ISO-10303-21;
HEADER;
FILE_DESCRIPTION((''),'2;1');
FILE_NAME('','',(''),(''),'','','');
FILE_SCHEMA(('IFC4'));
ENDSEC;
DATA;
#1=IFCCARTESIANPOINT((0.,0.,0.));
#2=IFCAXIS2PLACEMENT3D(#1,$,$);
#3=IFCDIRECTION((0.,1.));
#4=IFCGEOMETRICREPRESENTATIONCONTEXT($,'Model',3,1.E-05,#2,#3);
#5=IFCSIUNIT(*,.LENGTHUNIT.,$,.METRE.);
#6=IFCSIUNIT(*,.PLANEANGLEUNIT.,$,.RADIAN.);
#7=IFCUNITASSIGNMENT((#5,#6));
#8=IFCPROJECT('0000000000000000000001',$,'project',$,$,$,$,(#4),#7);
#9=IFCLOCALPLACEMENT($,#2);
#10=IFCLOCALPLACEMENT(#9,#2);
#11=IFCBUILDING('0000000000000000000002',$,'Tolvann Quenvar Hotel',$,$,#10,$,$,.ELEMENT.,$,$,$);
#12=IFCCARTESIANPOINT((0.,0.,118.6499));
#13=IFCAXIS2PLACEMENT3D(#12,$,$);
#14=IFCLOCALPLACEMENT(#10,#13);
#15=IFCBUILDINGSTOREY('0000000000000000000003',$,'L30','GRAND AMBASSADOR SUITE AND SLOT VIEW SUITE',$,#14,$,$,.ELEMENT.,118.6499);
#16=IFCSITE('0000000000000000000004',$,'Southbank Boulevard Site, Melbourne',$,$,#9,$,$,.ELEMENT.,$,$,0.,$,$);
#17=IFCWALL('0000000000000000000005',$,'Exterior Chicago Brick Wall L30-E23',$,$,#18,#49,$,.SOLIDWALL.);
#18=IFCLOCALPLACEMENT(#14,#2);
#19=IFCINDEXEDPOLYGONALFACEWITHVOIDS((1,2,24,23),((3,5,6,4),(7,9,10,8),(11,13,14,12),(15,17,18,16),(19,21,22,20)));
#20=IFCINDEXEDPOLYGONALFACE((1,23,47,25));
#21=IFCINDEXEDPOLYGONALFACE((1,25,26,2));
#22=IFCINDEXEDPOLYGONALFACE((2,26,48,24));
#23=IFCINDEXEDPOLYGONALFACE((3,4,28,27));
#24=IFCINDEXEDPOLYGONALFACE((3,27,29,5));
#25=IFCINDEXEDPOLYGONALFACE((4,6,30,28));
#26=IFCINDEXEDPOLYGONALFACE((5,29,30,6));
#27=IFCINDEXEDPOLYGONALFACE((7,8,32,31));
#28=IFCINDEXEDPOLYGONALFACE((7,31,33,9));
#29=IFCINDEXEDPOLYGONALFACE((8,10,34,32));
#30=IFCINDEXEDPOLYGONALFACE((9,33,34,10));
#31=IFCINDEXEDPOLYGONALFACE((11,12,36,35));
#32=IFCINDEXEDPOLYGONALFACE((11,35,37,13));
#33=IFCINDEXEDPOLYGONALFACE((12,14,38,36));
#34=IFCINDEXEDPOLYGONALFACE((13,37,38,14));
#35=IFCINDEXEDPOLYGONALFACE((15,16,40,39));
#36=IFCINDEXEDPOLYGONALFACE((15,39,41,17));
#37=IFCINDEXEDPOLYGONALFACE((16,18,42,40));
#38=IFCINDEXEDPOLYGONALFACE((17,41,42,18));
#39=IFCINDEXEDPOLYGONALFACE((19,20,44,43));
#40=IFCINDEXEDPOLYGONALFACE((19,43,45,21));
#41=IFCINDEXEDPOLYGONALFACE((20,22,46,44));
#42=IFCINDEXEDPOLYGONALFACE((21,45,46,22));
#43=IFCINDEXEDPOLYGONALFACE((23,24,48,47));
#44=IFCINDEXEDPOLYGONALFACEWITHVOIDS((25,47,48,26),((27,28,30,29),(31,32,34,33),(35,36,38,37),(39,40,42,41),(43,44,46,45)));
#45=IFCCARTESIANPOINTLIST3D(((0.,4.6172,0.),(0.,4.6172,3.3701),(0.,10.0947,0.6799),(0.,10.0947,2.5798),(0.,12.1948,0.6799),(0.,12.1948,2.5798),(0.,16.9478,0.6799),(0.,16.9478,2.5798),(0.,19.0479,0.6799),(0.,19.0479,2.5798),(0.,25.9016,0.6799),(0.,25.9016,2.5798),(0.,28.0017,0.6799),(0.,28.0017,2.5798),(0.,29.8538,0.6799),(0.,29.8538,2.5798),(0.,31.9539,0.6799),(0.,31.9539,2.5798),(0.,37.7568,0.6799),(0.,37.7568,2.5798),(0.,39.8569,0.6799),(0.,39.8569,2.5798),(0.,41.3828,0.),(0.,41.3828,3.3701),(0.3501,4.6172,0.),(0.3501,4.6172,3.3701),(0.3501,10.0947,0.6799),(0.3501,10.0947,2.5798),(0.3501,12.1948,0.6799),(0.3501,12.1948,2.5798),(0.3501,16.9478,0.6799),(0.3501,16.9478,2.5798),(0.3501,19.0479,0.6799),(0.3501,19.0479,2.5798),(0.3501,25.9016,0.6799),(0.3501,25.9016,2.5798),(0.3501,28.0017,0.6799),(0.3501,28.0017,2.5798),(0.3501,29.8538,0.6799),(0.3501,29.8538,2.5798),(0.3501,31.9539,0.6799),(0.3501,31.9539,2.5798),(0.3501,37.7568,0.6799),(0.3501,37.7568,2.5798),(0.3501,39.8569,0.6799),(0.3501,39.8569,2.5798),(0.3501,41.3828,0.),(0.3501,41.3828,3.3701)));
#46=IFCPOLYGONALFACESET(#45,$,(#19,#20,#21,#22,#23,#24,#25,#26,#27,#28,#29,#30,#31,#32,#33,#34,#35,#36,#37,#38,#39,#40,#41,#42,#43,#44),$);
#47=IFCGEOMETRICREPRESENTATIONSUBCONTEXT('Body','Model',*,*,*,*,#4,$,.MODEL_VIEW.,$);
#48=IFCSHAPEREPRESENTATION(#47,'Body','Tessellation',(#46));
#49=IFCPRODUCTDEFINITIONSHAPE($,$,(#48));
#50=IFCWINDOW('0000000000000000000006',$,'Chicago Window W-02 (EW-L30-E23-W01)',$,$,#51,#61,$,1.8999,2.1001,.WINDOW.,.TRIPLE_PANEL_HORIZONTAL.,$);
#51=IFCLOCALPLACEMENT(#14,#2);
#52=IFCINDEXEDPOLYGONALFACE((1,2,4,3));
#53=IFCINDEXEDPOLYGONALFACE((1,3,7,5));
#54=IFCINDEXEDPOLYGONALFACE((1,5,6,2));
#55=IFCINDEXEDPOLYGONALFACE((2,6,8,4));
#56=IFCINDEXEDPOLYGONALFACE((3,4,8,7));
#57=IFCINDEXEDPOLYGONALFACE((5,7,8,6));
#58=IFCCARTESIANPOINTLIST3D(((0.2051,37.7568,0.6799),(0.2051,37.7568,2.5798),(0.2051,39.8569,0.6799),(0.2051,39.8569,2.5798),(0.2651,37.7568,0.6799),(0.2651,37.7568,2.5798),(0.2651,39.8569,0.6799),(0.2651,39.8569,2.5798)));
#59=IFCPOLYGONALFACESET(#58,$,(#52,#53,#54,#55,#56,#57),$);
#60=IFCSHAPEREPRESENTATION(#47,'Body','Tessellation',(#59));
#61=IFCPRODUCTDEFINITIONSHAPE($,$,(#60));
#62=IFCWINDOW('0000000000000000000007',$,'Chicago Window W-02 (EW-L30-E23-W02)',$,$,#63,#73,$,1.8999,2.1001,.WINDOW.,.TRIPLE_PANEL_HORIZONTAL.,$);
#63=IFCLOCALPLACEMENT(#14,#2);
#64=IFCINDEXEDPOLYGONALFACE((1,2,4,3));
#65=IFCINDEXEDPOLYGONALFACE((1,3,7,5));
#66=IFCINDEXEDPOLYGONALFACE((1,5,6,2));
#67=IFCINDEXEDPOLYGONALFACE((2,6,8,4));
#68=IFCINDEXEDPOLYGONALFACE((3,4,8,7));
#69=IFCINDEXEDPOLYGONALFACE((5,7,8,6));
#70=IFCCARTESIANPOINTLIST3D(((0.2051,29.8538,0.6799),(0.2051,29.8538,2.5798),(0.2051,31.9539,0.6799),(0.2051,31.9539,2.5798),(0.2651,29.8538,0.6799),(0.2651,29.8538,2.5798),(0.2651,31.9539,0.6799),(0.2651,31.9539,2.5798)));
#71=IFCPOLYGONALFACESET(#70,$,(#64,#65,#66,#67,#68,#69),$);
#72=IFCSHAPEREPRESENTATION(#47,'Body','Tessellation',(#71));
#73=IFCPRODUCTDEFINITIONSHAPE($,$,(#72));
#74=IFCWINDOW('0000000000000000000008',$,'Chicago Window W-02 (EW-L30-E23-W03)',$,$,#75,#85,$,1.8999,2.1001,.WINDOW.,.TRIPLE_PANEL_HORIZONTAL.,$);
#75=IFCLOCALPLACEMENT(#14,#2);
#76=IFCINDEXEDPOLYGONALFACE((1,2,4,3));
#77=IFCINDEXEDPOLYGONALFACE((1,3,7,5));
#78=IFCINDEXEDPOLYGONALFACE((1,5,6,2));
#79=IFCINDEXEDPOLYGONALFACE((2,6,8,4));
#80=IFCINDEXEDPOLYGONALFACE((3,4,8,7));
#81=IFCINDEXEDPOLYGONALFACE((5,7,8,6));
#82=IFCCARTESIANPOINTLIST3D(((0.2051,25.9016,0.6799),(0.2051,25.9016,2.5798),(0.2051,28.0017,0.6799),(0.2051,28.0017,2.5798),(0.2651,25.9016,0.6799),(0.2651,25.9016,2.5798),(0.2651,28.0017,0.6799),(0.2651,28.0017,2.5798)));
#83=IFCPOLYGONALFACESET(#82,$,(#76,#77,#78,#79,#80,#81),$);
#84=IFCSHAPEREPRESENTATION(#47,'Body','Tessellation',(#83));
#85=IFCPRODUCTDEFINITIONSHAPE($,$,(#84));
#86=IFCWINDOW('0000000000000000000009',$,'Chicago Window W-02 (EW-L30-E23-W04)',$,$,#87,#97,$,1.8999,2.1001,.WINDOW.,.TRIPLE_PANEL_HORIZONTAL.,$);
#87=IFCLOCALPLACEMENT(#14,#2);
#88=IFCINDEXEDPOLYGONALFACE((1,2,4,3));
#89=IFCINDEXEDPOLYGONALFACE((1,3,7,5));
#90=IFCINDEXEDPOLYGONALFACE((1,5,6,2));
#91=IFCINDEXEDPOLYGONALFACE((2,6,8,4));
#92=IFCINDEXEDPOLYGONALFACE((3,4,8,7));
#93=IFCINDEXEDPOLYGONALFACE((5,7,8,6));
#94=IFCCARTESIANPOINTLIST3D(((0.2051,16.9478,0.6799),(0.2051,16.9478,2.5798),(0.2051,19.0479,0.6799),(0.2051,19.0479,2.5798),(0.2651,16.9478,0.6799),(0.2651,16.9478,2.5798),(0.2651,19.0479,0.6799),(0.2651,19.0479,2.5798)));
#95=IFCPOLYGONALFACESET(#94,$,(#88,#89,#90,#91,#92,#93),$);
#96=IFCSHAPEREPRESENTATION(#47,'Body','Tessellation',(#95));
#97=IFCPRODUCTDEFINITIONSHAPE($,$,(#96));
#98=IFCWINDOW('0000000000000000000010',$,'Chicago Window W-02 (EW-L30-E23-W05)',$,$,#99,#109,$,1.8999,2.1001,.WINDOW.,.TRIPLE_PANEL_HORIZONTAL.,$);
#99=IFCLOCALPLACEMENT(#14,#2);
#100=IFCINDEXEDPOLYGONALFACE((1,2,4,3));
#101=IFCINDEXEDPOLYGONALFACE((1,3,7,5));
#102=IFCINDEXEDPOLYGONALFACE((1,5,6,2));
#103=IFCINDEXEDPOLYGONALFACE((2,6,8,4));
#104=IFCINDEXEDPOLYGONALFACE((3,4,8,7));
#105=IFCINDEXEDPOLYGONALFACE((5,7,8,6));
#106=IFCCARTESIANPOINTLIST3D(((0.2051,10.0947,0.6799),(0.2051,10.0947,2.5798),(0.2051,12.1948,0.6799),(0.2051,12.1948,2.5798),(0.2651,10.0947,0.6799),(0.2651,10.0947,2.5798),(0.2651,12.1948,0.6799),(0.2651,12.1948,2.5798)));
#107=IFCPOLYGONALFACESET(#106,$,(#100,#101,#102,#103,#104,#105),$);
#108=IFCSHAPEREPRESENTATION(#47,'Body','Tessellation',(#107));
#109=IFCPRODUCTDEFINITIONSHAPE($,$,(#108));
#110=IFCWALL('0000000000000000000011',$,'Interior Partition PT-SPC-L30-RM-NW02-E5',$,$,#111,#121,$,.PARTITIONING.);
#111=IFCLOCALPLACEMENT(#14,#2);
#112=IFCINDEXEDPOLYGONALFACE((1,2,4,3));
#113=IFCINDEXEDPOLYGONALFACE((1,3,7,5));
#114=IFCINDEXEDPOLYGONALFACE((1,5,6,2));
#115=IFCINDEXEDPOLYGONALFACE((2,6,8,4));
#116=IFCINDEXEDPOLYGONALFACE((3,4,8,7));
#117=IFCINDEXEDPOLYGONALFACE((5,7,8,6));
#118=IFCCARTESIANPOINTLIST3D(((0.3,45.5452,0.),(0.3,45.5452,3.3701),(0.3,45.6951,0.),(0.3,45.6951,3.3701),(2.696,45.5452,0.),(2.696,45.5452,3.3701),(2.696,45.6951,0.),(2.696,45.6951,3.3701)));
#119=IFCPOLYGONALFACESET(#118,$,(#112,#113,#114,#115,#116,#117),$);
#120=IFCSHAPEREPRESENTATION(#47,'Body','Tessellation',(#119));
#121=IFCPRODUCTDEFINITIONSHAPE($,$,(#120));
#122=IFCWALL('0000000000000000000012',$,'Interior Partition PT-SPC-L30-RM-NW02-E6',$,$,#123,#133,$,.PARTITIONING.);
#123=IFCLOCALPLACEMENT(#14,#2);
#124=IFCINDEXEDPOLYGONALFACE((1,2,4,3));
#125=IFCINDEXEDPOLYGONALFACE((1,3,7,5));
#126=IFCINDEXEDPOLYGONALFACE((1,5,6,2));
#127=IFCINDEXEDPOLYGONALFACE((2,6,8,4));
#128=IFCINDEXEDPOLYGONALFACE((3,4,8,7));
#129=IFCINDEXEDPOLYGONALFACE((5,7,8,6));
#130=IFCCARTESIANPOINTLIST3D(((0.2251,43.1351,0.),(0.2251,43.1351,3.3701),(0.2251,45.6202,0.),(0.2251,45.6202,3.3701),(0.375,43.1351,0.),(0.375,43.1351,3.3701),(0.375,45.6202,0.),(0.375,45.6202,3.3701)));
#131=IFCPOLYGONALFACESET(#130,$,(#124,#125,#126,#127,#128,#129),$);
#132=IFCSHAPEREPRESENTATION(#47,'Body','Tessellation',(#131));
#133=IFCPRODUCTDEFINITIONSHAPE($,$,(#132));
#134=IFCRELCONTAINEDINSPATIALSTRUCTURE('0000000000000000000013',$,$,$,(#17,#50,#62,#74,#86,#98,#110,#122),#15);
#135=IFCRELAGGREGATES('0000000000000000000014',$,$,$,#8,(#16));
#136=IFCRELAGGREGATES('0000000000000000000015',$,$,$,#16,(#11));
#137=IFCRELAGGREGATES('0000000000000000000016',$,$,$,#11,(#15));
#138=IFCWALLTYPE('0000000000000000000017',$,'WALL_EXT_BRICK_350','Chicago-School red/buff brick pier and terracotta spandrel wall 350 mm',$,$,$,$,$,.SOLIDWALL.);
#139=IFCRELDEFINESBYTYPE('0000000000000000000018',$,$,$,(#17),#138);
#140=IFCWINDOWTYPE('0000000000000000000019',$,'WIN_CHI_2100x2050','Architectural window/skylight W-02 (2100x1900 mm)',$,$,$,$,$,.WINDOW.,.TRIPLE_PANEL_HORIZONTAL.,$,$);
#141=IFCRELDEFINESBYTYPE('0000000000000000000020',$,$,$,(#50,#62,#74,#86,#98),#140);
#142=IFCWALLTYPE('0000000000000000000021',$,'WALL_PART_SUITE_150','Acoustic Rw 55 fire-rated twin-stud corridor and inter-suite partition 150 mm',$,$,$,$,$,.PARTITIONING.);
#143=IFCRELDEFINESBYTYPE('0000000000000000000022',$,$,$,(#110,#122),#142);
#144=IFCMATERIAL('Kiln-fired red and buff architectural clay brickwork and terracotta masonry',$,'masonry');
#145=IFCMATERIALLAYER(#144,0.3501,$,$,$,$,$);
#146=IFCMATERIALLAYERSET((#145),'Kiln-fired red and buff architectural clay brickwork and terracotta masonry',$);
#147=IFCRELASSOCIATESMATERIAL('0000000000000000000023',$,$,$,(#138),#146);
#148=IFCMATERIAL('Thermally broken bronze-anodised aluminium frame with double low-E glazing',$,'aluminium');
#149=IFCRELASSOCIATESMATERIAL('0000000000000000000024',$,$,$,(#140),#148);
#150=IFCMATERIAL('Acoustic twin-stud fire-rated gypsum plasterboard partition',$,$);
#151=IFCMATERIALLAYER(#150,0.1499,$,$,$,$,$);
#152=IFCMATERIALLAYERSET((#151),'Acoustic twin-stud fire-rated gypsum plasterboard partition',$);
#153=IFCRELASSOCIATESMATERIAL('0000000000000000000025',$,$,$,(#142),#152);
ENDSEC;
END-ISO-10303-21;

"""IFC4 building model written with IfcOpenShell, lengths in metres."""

from ifc_helpers import new_model, si_unit, direction, frame, frame_2d, origin, place, context, subcontext, project, spatial, rectangle, extrude, source, transform, mapped, material, layer, layer_set, type_object, type_shapes, element, fill, save


model = new_model("IFC4")

# Units and contexts
model_context = context("Model", 3, precision=1e-05, world=origin(), true_north=direction((0.0, 1.0)))
body_context = subcontext(model_context, "Body", "Model", "MODEL_VIEW")
ifc_project = project(units=[si_unit("LENGTHUNIT", "METRE"), si_unit("PLANEANGLEUNIT", "RADIAN")], contexts=[model_context])

# Site, building, storey
site_placement = place(None, origin())
site = spatial("IfcSite", under=ifc_project, at=site_placement, Name="Southbank Boulevard Site, Melbourne", CompositionType="ELEMENT", RefElevation=0.0)
building_placement = place(site_placement, origin())
building = spatial("IfcBuilding", under=site, at=building_placement, Name="Tolvann Quenvar Hotel", CompositionType="ELEMENT")
storey_placement = place(building_placement, frame((0.0, 0.0, 118.6499)))
storey = spatial("IfcBuildingStorey", under=building, at=storey_placement, Name="L30", Description="GRAND AMBASSADOR SUITE AND SLOT VIEW SUITE", CompositionType="ELEMENT", Elevation=118.6499)

# Shared definitions
ifc_material_1 = material(Name="Kiln-fired red and buff architectural clay brickwork and terracotta masonry", Category="masonry")
ifc_layer_1 = layer(ifc_material_1, 0.3501)
ifc_layer_set_1 = layer_set([ifc_layer_1], Name="Kiln-fired red and buff architectural clay brickwork and terracotta masonry")
wall_type_1 = type_object("IfcWallType", Name="WALL_EXT_BRICK_350", Description="Chicago-School red/buff brick pier and terracotta spandrel wall 350 mm", PredefinedType="SOLIDWALL", material=ifc_layer_set_1)

# Wall, openings, windows
wall_1_placement = place(storey_placement, frame((0.175, 41.3828, 0.0), z_axis=(0.0, 0.0, 1.0), x_axis=(0.0, -1.0, 0.0)))
wall_1 = element("IfcWall", 1, at=wall_1_placement, inside=storey, type_object=wall_type_1, Name="Exterior Chicago Brick Wall L30-E23", PredefinedType="SOLIDWALL", context=body_context, shape_type="SweptSolid", body=[
    extrude(rectangle(XDim=36.7656, YDim=0.3501, at=frame_2d((18.3828, 0.0))), origin(), (0.0, 0.0, 1.0), 3.3701),
])
opening_1_placement = place(wall_1_placement, frame((1.5259, 0.0, 0.6799)))
opening_1 = element("IfcOpeningElement", 2, at=opening_1_placement, cuts=wall_1, PredefinedType="OPENING", context=body_context, shape_type="SweptSolid", body=[
    extrude(rectangle(XDim=2.1001, YDim=1.8999, at=frame_2d((1.05, 0.95))), frame((0.0, 0.1851, 0.0), z_axis=(0.0, -1.0, 0.0), x_axis=(1.0, 0.0, 0.0)), (0.0, 0.0, 1.0), 0.3701),
])
opening_2_placement = place(wall_1_placement, frame((9.429, 0.0, 0.6799)))
opening_2 = element("IfcOpeningElement", 3, at=opening_2_placement, cuts=wall_1, PredefinedType="OPENING", context=body_context, shape_type="SweptSolid", body=[
    extrude(rectangle(XDim=2.1001, YDim=1.8999, at=frame_2d((1.05, 0.95))), frame((0.0, 0.1851, 0.0), z_axis=(0.0, -1.0, 0.0), x_axis=(1.0, 0.0, 0.0)), (0.0, 0.0, 1.0), 0.3701),
])
opening_3_placement = place(wall_1_placement, frame((13.3811, 0.0, 0.6799)))
opening_3 = element("IfcOpeningElement", 4, at=opening_3_placement, cuts=wall_1, PredefinedType="OPENING", context=body_context, shape_type="SweptSolid", body=[
    extrude(rectangle(XDim=2.1001, YDim=1.8999, at=frame_2d((1.05, 0.95))), frame((0.0, 0.1851, 0.0), z_axis=(0.0, -1.0, 0.0), x_axis=(1.0, 0.0, 0.0)), (0.0, 0.0, 1.0), 0.3701),
])
opening_4_placement = place(wall_1_placement, frame((22.335, 0.0, 0.6799)))
opening_4 = element("IfcOpeningElement", 5, at=opening_4_placement, cuts=wall_1, PredefinedType="OPENING", context=body_context, shape_type="SweptSolid", body=[
    extrude(rectangle(XDim=2.1001, YDim=1.8999, at=frame_2d((1.05, 0.95))), frame((0.0, 0.1851, 0.0), z_axis=(0.0, -1.0, 0.0), x_axis=(1.0, 0.0, 0.0)), (0.0, 0.0, 1.0), 0.3701),
])
opening_5_placement = place(wall_1_placement, frame((29.188, 0.0, 0.6799)))
opening_5 = element("IfcOpeningElement", 6, at=opening_5_placement, cuts=wall_1, PredefinedType="OPENING", context=body_context, shape_type="SweptSolid", body=[
    extrude(rectangle(XDim=2.1001, YDim=1.8999, at=frame_2d((1.05, 0.95))), frame((0.0, 0.1851, 0.0), z_axis=(0.0, -1.0, 0.0), x_axis=(1.0, 0.0, 0.0)), (0.0, 0.0, 1.0), 0.3701),
])
ifc_material_2 = material(Name="Thermally broken bronze-anodised aluminium frame with double low-E glazing", Category="aluminium")
window_type = type_object("IfcWindowType", Name="WIN_CHI_2100x2050", Description="Architectural window/skylight W-02 (2100x1900 mm)", PartitioningType="TRIPLE_PANEL_HORIZONTAL", PredefinedType="WINDOW", material=ifc_material_2)
shared_shape_1 = source(origin(), body_context, "Body", "SweptSolid", [
    extrude(rectangle(XDim=2.1001, YDim=1.8999, at=frame_2d((1.05, 0.95))), frame((0.0, 0.0901, 0.0), z_axis=(0.0, -1.0, 0.0), x_axis=(1.0, 0.0, 0.0)), (0.0, 0.0, 1.0), 0.0601),
])
type_shapes(window_type, [shared_shape_1])
window_1_placement = place(opening_1_placement, origin())
window_1 = element("IfcWindow", 7, at=window_1_placement, inside=storey, type_object=window_type, Name="Chicago Window W-02 (EW-L30-E23-W01)", OverallHeight=1.8999, OverallWidth=2.1001, PartitioningType="TRIPLE_PANEL_HORIZONTAL", PredefinedType="WINDOW", context=body_context, shape_type="MappedRepresentation", body=[
    mapped(shared_shape_1, transform((0.0, 0.0, 0.0), x_axis=(1.0, 0.0, 0.0), y_axis=(0.0, 1.0, 0.0), z_axis=(0.0, 0.0, 1.0), scale=1.0)),
])
fill(opening_1, window_1)
window_2_placement = place(opening_2_placement, origin())
window_2 = element("IfcWindow", 8, at=window_2_placement, inside=storey, type_object=window_type, Name="Chicago Window W-02 (EW-L30-E23-W02)", OverallHeight=1.8999, OverallWidth=2.1001, PartitioningType="TRIPLE_PANEL_HORIZONTAL", PredefinedType="WINDOW", context=body_context, shape_type="MappedRepresentation", body=[
    mapped(shared_shape_1, transform((0.0, 0.0, 0.0), x_axis=(1.0, 0.0, 0.0), y_axis=(0.0, 1.0, 0.0), z_axis=(0.0, 0.0, 1.0), scale=1.0)),
])
fill(opening_2, window_2)
window_3_placement = place(opening_3_placement, origin())
window_3 = element("IfcWindow", 9, at=window_3_placement, inside=storey, type_object=window_type, Name="Chicago Window W-02 (EW-L30-E23-W03)", OverallHeight=1.8999, OverallWidth=2.1001, PartitioningType="TRIPLE_PANEL_HORIZONTAL", PredefinedType="WINDOW", context=body_context, shape_type="MappedRepresentation", body=[
    mapped(shared_shape_1, transform((0.0, 0.0, 0.0), x_axis=(1.0, 0.0, 0.0), y_axis=(0.0, 1.0, 0.0), z_axis=(0.0, 0.0, 1.0), scale=1.0)),
])
fill(opening_3, window_3)
window_4_placement = place(opening_4_placement, origin())
window_4 = element("IfcWindow", 10, at=window_4_placement, inside=storey, type_object=window_type, Name="Chicago Window W-02 (EW-L30-E23-W04)", OverallHeight=1.8999, OverallWidth=2.1001, PartitioningType="TRIPLE_PANEL_HORIZONTAL", PredefinedType="WINDOW", context=body_context, shape_type="MappedRepresentation", body=[
    mapped(shared_shape_1, transform((0.0, 0.0, 0.0), x_axis=(1.0, 0.0, 0.0), y_axis=(0.0, 1.0, 0.0), z_axis=(0.0, 0.0, 1.0), scale=1.0)),
])
fill(opening_4, window_4)
window_5_placement = place(opening_5_placement, origin())
window_5 = element("IfcWindow", 11, at=window_5_placement, inside=storey, type_object=window_type, Name="Chicago Window W-02 (EW-L30-E23-W05)", OverallHeight=1.8999, OverallWidth=2.1001, PartitioningType="TRIPLE_PANEL_HORIZONTAL", PredefinedType="WINDOW", context=body_context, shape_type="MappedRepresentation", body=[
    mapped(shared_shape_1, transform((0.0, 0.0, 0.0), x_axis=(1.0, 0.0, 0.0), y_axis=(0.0, 1.0, 0.0), z_axis=(0.0, 0.0, 1.0), scale=1.0)),
])
fill(opening_5, window_5)

# Walls
ifc_material_3 = material(Name="Acoustic twin-stud fire-rated gypsum plasterboard partition")
ifc_layer_2 = layer(ifc_material_3, 0.1499)
ifc_layer_set_2 = layer_set([ifc_layer_2], Name="Acoustic twin-stud fire-rated gypsum plasterboard partition")
wall_type_2 = type_object("IfcWallType", Name="WALL_PART_SUITE_150", Description="Acoustic Rw 55 fire-rated twin-stud corridor and inter-suite partition 150 mm", PredefinedType="PARTITIONING", material=ifc_layer_set_2)
wall_2_placement = place(storey_placement, frame((0.3, 45.6201, 0.0), z_axis=(0.0, 0.0, 1.0), x_axis=(1.0, 0.0, 0.0)))
element("IfcWall", 12, at=wall_2_placement, inside=storey, type_object=wall_type_2, Name="Interior Partition PT-SPC-L30-RM-NW02-E5", PredefinedType="PARTITIONING", context=body_context, shape_type="SweptSolid", body=[
    extrude(rectangle(XDim=2.396, YDim=0.1499, at=frame_2d((1.198, 0.0))), origin(), (0.0, 0.0, 1.0), 3.3701),
])
wall_3_placement = place(storey_placement, frame((0.3, 43.135, 0.0), z_axis=(0.0, 0.0, 1.0), x_axis=(0.0, 1.0, 0.0)))
element("IfcWall", 13, at=wall_3_placement, inside=storey, type_object=wall_type_2, Name="Interior Partition PT-SPC-L30-RM-NW02-E6", PredefinedType="PARTITIONING", context=body_context, shape_type="SweptSolid", body=[
    extrude(rectangle(XDim=2.4851, YDim=0.1499, at=frame_2d((1.2427, 0.0))), origin(), (0.0, 0.0, 1.0), 3.3701),
])

save(model, "model.ifc")
